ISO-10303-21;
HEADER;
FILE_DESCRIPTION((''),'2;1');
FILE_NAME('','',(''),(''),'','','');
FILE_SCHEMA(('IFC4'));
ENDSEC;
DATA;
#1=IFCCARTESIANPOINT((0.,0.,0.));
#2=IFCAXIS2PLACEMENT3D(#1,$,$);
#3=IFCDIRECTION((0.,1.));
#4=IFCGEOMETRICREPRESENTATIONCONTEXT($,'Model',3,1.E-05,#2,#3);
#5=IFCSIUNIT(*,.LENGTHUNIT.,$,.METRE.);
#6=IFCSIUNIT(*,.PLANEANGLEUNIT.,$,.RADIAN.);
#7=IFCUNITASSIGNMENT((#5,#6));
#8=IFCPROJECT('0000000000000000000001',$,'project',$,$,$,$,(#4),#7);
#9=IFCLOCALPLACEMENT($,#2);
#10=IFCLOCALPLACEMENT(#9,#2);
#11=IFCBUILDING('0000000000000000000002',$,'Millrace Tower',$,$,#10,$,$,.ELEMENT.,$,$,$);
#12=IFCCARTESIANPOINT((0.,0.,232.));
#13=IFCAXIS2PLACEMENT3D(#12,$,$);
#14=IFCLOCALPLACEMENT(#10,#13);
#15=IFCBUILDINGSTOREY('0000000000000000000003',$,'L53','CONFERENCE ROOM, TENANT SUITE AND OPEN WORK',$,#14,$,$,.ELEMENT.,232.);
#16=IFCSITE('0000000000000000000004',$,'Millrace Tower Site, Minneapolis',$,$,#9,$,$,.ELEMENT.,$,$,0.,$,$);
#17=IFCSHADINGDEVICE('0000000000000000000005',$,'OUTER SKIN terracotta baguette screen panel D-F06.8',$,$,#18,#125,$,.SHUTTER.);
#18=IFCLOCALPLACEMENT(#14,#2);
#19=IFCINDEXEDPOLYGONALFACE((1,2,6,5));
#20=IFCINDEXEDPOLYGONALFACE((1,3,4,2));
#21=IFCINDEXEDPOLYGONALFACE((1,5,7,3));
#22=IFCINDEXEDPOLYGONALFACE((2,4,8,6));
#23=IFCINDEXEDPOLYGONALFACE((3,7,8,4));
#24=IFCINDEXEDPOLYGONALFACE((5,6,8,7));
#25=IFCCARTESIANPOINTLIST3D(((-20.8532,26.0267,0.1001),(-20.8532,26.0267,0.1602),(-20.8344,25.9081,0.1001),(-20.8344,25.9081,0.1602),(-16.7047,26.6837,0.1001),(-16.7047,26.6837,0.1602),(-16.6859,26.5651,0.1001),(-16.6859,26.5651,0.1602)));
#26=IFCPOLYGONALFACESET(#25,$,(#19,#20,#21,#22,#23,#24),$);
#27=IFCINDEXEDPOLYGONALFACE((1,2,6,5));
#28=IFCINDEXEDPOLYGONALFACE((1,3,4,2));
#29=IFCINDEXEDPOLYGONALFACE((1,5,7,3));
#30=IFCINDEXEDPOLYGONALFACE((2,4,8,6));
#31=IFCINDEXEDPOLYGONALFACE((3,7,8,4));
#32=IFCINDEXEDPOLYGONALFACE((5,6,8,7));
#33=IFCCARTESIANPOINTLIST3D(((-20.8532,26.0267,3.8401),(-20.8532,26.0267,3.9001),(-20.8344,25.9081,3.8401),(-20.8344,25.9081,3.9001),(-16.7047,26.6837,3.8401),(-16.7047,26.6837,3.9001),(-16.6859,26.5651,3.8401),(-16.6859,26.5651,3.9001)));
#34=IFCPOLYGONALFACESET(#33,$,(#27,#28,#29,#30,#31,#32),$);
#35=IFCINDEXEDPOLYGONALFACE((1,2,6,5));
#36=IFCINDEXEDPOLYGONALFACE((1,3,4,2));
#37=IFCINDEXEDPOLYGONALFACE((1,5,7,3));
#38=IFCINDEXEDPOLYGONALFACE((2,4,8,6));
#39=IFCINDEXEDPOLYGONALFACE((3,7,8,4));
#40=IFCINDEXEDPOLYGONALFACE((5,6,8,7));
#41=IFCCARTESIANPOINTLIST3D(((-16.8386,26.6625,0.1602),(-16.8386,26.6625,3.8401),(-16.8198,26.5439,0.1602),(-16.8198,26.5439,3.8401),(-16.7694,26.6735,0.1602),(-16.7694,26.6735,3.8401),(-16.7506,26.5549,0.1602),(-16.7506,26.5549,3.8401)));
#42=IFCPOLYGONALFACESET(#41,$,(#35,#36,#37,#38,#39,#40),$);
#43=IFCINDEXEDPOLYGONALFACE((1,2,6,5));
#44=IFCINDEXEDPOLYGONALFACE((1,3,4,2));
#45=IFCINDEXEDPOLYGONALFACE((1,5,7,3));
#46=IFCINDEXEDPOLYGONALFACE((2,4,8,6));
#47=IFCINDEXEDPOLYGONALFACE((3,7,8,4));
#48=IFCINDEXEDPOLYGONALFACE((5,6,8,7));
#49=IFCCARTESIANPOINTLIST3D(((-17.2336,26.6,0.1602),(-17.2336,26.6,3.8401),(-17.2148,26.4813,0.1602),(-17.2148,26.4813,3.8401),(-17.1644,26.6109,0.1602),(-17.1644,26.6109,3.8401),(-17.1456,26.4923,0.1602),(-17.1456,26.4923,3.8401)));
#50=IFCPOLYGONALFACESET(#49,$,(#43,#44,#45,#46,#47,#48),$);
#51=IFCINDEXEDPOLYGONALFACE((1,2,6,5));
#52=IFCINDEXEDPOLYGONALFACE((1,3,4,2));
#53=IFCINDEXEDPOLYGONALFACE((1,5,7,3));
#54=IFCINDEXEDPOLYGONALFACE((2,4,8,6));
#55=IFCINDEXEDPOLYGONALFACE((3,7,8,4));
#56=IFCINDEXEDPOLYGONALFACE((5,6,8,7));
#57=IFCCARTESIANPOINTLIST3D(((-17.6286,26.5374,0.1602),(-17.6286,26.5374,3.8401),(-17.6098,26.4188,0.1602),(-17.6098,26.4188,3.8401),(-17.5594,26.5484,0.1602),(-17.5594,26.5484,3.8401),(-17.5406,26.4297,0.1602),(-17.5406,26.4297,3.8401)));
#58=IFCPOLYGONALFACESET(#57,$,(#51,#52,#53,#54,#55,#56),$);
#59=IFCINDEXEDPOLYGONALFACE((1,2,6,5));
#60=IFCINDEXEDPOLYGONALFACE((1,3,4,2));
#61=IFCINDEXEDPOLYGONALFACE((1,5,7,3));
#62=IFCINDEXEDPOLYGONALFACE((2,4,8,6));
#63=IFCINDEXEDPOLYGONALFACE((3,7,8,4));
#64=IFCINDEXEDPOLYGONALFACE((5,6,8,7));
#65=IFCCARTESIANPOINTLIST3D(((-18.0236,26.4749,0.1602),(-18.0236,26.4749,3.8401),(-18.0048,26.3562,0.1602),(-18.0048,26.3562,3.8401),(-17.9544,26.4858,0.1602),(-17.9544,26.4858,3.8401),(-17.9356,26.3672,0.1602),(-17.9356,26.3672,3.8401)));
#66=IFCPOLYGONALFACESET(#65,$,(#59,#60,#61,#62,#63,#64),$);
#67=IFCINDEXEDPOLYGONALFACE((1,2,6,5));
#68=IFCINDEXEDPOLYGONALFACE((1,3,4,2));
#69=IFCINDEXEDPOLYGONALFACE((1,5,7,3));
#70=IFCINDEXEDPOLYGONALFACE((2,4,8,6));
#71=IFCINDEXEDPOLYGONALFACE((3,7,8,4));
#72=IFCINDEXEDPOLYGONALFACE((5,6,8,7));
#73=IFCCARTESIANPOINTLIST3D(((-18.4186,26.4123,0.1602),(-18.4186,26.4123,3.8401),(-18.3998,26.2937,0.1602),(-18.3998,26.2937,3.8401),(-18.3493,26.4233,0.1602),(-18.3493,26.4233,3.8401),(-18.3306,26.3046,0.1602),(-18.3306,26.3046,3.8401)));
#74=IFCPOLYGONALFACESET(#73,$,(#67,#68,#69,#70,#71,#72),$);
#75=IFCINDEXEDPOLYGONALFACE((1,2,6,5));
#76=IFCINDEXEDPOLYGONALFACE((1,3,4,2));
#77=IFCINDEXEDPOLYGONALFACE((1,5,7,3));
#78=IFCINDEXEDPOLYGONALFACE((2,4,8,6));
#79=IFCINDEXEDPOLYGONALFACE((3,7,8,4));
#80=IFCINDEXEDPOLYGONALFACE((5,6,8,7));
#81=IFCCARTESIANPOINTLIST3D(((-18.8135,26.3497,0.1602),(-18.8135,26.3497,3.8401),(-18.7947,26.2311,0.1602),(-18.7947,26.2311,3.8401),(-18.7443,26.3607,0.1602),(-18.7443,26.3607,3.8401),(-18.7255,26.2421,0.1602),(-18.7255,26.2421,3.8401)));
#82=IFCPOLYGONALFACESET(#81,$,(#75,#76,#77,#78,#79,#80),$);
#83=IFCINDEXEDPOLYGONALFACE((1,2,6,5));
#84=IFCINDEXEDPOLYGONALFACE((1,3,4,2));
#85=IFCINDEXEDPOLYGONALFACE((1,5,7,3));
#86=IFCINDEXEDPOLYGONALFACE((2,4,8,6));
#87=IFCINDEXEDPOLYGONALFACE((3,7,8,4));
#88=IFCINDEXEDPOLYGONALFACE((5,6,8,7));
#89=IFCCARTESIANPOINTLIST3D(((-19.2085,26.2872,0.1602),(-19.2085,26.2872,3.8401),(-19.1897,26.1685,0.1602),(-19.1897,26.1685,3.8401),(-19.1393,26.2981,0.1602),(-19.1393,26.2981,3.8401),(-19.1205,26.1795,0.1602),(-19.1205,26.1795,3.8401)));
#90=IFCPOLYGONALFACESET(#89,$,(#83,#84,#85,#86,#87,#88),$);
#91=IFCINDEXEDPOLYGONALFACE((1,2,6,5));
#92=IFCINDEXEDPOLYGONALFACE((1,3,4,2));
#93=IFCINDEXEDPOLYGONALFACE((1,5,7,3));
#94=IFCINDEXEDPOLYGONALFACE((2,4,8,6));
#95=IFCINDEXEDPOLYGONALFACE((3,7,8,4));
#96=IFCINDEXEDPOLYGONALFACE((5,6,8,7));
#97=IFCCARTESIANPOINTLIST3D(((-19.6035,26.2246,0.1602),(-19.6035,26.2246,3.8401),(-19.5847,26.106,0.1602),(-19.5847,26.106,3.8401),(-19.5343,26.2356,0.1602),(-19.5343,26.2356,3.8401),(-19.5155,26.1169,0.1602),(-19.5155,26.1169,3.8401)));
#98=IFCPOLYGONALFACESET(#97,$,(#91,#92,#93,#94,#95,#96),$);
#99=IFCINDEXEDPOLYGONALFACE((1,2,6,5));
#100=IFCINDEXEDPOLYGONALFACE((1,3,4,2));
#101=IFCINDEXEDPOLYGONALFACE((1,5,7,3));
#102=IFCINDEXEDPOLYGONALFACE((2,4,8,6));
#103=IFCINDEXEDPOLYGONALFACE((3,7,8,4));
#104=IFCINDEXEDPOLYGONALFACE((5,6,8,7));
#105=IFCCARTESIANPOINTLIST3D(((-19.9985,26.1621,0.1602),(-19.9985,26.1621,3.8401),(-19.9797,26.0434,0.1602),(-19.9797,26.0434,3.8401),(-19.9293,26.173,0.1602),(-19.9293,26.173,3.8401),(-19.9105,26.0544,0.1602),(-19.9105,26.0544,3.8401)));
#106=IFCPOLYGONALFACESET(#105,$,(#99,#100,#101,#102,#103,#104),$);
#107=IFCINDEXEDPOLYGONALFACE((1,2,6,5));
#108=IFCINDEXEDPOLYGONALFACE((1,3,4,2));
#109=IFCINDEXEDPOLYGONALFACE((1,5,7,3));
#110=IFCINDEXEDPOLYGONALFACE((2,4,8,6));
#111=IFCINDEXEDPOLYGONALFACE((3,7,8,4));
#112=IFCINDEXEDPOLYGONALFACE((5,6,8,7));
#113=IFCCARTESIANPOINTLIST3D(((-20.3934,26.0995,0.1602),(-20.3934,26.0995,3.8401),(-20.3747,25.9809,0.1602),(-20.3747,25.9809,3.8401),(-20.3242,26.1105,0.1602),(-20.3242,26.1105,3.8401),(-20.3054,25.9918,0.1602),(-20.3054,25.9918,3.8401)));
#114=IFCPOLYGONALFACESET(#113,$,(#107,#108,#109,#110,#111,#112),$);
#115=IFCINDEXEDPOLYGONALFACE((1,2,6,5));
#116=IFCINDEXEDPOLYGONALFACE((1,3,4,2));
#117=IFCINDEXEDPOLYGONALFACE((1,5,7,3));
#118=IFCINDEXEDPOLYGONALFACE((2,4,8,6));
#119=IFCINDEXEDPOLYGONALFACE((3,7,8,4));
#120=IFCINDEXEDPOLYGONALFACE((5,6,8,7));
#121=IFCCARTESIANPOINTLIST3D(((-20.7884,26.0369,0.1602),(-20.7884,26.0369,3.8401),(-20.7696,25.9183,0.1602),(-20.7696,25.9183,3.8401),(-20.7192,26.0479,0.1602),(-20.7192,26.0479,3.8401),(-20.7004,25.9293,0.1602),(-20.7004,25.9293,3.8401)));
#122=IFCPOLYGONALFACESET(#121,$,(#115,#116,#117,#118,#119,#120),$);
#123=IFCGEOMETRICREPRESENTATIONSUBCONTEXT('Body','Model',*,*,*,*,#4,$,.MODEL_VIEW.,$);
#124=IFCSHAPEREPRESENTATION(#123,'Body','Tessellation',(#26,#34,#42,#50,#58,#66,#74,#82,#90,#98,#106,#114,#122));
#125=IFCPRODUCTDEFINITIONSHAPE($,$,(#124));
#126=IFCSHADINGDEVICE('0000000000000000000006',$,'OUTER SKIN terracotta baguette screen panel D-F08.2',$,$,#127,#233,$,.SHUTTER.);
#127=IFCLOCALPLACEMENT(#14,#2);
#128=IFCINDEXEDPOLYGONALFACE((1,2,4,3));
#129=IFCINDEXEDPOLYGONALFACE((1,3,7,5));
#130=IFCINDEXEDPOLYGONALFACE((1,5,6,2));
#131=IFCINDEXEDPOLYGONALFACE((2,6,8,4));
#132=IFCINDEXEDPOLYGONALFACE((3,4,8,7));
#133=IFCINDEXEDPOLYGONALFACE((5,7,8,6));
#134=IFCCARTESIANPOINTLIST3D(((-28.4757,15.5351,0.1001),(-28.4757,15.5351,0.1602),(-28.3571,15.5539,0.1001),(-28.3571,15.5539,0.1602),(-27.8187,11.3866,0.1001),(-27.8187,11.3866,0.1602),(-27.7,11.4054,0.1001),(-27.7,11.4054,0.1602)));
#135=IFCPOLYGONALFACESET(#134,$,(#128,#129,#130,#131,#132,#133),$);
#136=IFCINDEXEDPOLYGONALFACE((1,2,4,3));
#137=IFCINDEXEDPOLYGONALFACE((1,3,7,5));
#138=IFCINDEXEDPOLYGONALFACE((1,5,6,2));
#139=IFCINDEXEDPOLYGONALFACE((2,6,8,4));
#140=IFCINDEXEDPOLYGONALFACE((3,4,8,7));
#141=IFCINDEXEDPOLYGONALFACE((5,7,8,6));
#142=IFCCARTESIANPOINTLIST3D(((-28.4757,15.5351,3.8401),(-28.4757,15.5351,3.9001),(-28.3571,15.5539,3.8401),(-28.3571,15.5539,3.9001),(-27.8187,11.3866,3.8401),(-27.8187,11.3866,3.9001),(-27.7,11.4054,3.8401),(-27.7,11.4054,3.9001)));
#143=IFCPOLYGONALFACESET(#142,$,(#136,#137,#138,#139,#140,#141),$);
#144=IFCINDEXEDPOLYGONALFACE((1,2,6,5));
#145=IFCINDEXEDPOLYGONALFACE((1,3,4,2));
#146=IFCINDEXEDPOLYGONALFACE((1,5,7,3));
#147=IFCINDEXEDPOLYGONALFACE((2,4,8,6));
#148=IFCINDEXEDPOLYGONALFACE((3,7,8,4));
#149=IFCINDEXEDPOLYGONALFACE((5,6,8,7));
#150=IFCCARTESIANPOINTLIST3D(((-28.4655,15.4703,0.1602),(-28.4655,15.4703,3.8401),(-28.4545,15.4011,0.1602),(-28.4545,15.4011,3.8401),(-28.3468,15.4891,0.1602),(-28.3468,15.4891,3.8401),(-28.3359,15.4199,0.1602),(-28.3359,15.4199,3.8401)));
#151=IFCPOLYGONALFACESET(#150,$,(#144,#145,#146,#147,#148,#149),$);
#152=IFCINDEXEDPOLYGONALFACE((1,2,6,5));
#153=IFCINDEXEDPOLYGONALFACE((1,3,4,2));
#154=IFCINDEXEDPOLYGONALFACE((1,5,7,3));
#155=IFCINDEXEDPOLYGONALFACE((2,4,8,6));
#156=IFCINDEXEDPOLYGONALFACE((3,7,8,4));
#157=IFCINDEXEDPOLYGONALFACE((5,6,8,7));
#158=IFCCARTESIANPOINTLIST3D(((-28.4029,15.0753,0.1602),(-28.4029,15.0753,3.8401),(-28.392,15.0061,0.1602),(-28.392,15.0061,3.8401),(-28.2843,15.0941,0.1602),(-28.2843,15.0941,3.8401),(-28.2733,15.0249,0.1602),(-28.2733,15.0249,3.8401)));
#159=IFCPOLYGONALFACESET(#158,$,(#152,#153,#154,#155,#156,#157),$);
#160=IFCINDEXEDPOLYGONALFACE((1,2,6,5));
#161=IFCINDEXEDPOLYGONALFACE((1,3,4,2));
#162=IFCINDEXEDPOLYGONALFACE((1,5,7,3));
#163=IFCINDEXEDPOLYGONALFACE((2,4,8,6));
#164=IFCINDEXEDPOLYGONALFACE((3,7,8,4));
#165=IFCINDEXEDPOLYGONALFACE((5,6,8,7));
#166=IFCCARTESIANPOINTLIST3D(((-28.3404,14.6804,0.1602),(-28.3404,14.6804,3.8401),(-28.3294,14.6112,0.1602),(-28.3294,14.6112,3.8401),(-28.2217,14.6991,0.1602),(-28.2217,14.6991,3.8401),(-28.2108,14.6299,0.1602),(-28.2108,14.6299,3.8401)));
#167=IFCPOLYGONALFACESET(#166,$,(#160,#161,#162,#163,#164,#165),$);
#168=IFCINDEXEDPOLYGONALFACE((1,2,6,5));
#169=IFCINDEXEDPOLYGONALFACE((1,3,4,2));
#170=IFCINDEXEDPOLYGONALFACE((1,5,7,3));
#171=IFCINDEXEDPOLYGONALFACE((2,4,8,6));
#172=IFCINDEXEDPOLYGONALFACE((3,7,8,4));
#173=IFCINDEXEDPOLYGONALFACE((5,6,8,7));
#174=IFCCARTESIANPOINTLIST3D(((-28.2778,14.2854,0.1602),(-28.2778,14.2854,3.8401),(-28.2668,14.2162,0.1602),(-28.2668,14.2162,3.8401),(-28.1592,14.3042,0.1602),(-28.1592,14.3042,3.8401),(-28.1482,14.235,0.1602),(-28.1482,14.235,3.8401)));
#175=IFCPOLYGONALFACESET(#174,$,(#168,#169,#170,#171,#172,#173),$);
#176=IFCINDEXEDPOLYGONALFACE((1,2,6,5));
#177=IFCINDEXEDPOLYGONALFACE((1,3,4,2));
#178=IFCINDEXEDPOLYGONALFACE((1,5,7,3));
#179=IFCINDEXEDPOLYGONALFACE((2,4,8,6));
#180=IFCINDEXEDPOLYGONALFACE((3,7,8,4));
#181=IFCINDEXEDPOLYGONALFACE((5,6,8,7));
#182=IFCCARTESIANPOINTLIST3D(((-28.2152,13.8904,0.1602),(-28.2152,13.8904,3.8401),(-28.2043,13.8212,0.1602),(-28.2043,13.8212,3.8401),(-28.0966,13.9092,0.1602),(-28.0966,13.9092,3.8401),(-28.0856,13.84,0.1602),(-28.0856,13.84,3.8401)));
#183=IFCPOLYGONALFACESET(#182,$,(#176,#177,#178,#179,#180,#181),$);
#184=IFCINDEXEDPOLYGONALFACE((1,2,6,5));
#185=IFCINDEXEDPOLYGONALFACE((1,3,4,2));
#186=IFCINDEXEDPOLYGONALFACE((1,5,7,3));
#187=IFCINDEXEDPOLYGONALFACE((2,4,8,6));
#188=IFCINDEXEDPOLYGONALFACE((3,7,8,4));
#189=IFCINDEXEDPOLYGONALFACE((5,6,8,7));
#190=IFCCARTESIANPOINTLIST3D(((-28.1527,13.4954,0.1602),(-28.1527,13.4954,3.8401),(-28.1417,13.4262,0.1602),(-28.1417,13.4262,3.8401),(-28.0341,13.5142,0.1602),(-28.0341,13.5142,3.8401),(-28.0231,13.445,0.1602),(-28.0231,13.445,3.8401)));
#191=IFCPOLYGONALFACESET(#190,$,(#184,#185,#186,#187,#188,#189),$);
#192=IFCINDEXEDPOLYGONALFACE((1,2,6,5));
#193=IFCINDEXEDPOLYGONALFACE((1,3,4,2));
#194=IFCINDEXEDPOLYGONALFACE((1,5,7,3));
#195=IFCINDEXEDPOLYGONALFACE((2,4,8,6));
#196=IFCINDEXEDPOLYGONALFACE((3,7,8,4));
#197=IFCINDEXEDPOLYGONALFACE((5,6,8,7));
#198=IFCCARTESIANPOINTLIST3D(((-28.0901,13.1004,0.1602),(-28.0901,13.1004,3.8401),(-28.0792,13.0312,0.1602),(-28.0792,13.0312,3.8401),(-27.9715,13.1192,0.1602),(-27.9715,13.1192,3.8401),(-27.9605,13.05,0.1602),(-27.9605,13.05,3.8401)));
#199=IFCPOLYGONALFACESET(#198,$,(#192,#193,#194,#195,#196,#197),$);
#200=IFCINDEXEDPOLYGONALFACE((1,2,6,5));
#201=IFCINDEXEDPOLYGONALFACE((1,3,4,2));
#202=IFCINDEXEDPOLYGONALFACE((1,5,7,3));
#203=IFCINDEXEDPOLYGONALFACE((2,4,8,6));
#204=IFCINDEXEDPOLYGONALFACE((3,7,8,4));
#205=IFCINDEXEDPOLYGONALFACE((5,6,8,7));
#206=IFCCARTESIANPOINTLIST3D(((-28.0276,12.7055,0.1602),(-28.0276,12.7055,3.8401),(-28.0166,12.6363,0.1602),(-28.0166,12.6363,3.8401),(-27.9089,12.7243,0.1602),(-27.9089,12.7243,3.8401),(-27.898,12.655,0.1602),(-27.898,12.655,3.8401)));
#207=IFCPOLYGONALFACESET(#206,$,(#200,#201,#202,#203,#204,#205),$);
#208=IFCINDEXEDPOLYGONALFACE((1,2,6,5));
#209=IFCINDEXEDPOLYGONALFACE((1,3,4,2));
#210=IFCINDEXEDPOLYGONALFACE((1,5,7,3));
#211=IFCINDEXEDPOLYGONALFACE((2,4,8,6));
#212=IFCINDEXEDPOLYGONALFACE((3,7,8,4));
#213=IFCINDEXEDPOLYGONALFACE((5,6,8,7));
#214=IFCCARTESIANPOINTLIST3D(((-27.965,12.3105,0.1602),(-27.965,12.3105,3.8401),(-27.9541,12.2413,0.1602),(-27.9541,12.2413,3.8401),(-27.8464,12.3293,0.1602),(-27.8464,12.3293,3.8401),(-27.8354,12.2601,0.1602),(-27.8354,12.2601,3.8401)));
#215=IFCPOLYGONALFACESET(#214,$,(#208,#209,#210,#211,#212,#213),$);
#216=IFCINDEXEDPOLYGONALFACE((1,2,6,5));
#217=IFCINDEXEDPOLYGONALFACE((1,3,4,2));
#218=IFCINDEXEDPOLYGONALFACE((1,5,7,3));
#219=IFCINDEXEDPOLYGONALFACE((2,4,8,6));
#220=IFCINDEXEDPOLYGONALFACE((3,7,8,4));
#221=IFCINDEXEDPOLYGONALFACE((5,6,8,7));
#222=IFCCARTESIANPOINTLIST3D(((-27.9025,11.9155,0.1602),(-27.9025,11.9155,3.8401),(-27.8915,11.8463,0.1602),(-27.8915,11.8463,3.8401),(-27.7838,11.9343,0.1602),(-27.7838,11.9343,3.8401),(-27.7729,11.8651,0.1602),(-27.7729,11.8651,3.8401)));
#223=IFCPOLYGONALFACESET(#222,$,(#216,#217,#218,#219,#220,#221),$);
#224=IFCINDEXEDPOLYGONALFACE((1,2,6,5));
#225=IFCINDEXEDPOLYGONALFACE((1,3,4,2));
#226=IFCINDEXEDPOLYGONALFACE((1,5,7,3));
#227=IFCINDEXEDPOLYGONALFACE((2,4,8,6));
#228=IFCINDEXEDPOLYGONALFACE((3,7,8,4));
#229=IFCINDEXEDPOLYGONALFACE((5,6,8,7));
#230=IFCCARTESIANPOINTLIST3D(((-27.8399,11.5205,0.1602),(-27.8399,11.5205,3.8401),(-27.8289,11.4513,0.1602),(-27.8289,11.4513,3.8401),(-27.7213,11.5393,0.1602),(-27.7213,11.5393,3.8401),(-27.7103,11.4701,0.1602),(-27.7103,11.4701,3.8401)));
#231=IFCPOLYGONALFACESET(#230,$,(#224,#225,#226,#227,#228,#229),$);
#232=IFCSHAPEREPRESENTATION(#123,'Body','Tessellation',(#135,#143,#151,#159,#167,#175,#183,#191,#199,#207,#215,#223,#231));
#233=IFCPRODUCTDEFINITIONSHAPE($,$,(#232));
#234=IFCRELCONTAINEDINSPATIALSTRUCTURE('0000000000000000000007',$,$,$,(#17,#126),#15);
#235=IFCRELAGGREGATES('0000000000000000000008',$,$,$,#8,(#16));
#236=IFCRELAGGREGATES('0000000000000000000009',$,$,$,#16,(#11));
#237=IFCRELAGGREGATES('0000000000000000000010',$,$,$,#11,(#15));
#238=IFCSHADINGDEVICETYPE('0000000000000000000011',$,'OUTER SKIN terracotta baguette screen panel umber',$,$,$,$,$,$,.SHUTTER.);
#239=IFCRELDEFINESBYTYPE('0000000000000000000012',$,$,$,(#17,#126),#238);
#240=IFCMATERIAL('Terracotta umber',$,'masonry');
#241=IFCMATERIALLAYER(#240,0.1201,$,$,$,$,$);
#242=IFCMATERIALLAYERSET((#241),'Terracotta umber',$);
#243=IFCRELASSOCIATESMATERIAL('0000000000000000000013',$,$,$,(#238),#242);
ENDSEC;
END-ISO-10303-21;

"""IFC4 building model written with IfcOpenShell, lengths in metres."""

from ifc_helpers import new_model, entity, si_unit, direction, frame, frame_2d, origin, origin_2d, place, context, subcontext, project, spatial, rectangle, extrude, source, transform, mapped, material, layer, layer_set, type_object, element, save


model = new_model("IFC4")

# Units and contexts
model_context = context("Model", 3, precision=1e-05, world=origin(), true_north=direction((0.0, 1.0)))
body_context = subcontext(model_context, "Body", "Model", "MODEL_VIEW")
ifc_project = project(units=[si_unit("LENGTHUNIT", "METRE"), si_unit("PLANEANGLEUNIT", "RADIAN")], contexts=[model_context])

# Site, building, storey
site_placement = place(None, origin())
site = spatial("IfcSite", under=ifc_project, at=site_placement, Name="Millrace Tower Site, Minneapolis", CompositionType="ELEMENT", RefElevation=0.0)
building_placement = place(site_placement, origin())
building = spatial("IfcBuilding", under=site, at=building_placement, Name="Millrace Tower", CompositionType="ELEMENT")
storey_placement = place(building_placement, frame((0.0, 0.0, 232.0)))
storey = spatial("IfcBuildingStorey", under=building, at=storey_placement, Name="L53", Description="CONFERENCE ROOM, TENANT SUITE AND OPEN WORK", CompositionType="ELEMENT", Elevation=232.0)

# Shading devices
ifc_material_1 = material(Name="Terracotta umber", Category="masonry")
ifc_layer_1 = layer(ifc_material_1, 0.1201)
ifc_layer_set_1 = layer_set([ifc_layer_1], Name="Terracotta umber")
shading_device_type = type_object("IfcShadingDeviceType", Name="OUTER SKIN terracotta baguette screen panel umber", PredefinedType="SHUTTER", material=ifc_layer_set_1)
cartesian_point_1 = entity("IfcCartesianPoint", [-2.1001, 0.0601])
shared_polyline_1 = entity("IfcPolyline", [cartesian_point_1, entity("IfcCartesianPoint", [2.1001, 0.0601]), entity("IfcCartesianPoint", [2.1001, -0.0601]), entity("IfcCartesianPoint", [-2.1001, -0.0601]), cartesian_point_1])
shared_shape_1 = source(origin(), body_context, "Body", "SweptSolid", [
    entity("IfcExtrudedAreaSolid", entity("IfcArbitraryClosedProfileDef", "AREA", None, shared_polyline_1), entity("IfcAxis2Placement3D", entity("IfcCartesianPoint", [0.0, 0.0, 0.0])), entity("IfcDirection", [0.0, 0.0, 1.0]), 0.0601),
    entity("IfcExtrudedAreaSolid", entity("IfcArbitraryClosedProfileDef", "AREA", None, shared_polyline_1), entity("IfcAxis2Placement3D", entity("IfcCartesianPoint", [0.0, 0.0, 3.74])), entity("IfcDirection", [0.0, 0.0, 1.0]), 0.0601),
    extrude(rectangle(XDim=0.0701, YDim=0.1201, at=frame_2d((-1.9995, 0.0))), frame((0.0, 0.0, 0.0601)), (0.0, 0.0, 1.0), 3.6799),
    extrude(rectangle(XDim=0.0701, YDim=0.1201, at=frame_2d((-1.5996, 0.0))), frame((0.0, 0.0, 0.0601)), (0.0, 0.0, 1.0), 3.6799),
    extrude(rectangle(XDim=0.0701, YDim=0.1201, at=frame_2d((-1.1997, 0.0))), frame((0.0, 0.0, 0.0601)), (0.0, 0.0, 1.0), 3.6799),
    extrude(rectangle(XDim=0.0701, YDim=0.1201, at=frame_2d((-0.7998, 0.0))), frame((0.0, 0.0, 0.0601)), (0.0, 0.0, 1.0), 3.6799),
    extrude(rectangle(XDim=0.0701, YDim=0.1201, at=frame_2d((-0.3999, 0.0))), frame((0.0, 0.0, 0.0601)), (0.0, 0.0, 1.0), 3.6799),
    extrude(rectangle(XDim=0.0701, YDim=0.1201, at=origin_2d()), frame((0.0, 0.0, 0.0601)), (0.0, 0.0, 1.0), 3.6799),
    extrude(rectangle(XDim=0.0701, YDim=0.1201, at=frame_2d((0.3999, 0.0))), frame((0.0, 0.0, 0.0601)), (0.0, 0.0, 1.0), 3.6799),
    extrude(rectangle(XDim=0.0701, YDim=0.1201, at=frame_2d((0.7998, 0.0))), frame((0.0, 0.0, 0.0601)), (0.0, 0.0, 1.0), 3.6799),
    extrude(rectangle(XDim=0.0701, YDim=0.1201, at=frame_2d((1.1997, 0.0))), frame((0.0, 0.0, 0.0601)), (0.0, 0.0, 1.0), 3.6799),
    extrude(rectangle(XDim=0.0701, YDim=0.1201, at=frame_2d((1.5996, 0.0))), frame((0.0, 0.0, 0.0601)), (0.0, 0.0, 1.0), 3.6799),
    extrude(rectangle(XDim=0.0701, YDim=0.1201, at=frame_2d((1.9995, 0.0))), frame((0.0, 0.0, 0.0601)), (0.0, 0.0, 1.0), 3.6799),
])
for number, where, z_axis, x_axis, name in (
    (1, (-18.7695, 26.2959, 0.1001), (0.0, 0.0, 1.0), (-0.987688, -0.156434, 0.0), "OUTER SKIN terracotta baguette screen panel D-F06.8"),
    (2, (-28.0879, 13.4702, 0.1001), (0.0, 0.0, 1.0), (0.156434, -0.987688, 0.0), "OUTER SKIN terracotta baguette screen panel D-F08.2"),
):
    element("IfcShadingDevice", number, at=place(storey_placement, frame(where, z_axis=z_axis, x_axis=x_axis)), inside=storey, type_object=shading_device_type, Name=name, PredefinedType="SHUTTER", context=body_context, shape_type="MappedRepresentation", body=[
        mapped(shared_shape_1, transform((0.0, 0.0, 0.0), scale=1.0)),
    ])

save(model, "model.ifc")
